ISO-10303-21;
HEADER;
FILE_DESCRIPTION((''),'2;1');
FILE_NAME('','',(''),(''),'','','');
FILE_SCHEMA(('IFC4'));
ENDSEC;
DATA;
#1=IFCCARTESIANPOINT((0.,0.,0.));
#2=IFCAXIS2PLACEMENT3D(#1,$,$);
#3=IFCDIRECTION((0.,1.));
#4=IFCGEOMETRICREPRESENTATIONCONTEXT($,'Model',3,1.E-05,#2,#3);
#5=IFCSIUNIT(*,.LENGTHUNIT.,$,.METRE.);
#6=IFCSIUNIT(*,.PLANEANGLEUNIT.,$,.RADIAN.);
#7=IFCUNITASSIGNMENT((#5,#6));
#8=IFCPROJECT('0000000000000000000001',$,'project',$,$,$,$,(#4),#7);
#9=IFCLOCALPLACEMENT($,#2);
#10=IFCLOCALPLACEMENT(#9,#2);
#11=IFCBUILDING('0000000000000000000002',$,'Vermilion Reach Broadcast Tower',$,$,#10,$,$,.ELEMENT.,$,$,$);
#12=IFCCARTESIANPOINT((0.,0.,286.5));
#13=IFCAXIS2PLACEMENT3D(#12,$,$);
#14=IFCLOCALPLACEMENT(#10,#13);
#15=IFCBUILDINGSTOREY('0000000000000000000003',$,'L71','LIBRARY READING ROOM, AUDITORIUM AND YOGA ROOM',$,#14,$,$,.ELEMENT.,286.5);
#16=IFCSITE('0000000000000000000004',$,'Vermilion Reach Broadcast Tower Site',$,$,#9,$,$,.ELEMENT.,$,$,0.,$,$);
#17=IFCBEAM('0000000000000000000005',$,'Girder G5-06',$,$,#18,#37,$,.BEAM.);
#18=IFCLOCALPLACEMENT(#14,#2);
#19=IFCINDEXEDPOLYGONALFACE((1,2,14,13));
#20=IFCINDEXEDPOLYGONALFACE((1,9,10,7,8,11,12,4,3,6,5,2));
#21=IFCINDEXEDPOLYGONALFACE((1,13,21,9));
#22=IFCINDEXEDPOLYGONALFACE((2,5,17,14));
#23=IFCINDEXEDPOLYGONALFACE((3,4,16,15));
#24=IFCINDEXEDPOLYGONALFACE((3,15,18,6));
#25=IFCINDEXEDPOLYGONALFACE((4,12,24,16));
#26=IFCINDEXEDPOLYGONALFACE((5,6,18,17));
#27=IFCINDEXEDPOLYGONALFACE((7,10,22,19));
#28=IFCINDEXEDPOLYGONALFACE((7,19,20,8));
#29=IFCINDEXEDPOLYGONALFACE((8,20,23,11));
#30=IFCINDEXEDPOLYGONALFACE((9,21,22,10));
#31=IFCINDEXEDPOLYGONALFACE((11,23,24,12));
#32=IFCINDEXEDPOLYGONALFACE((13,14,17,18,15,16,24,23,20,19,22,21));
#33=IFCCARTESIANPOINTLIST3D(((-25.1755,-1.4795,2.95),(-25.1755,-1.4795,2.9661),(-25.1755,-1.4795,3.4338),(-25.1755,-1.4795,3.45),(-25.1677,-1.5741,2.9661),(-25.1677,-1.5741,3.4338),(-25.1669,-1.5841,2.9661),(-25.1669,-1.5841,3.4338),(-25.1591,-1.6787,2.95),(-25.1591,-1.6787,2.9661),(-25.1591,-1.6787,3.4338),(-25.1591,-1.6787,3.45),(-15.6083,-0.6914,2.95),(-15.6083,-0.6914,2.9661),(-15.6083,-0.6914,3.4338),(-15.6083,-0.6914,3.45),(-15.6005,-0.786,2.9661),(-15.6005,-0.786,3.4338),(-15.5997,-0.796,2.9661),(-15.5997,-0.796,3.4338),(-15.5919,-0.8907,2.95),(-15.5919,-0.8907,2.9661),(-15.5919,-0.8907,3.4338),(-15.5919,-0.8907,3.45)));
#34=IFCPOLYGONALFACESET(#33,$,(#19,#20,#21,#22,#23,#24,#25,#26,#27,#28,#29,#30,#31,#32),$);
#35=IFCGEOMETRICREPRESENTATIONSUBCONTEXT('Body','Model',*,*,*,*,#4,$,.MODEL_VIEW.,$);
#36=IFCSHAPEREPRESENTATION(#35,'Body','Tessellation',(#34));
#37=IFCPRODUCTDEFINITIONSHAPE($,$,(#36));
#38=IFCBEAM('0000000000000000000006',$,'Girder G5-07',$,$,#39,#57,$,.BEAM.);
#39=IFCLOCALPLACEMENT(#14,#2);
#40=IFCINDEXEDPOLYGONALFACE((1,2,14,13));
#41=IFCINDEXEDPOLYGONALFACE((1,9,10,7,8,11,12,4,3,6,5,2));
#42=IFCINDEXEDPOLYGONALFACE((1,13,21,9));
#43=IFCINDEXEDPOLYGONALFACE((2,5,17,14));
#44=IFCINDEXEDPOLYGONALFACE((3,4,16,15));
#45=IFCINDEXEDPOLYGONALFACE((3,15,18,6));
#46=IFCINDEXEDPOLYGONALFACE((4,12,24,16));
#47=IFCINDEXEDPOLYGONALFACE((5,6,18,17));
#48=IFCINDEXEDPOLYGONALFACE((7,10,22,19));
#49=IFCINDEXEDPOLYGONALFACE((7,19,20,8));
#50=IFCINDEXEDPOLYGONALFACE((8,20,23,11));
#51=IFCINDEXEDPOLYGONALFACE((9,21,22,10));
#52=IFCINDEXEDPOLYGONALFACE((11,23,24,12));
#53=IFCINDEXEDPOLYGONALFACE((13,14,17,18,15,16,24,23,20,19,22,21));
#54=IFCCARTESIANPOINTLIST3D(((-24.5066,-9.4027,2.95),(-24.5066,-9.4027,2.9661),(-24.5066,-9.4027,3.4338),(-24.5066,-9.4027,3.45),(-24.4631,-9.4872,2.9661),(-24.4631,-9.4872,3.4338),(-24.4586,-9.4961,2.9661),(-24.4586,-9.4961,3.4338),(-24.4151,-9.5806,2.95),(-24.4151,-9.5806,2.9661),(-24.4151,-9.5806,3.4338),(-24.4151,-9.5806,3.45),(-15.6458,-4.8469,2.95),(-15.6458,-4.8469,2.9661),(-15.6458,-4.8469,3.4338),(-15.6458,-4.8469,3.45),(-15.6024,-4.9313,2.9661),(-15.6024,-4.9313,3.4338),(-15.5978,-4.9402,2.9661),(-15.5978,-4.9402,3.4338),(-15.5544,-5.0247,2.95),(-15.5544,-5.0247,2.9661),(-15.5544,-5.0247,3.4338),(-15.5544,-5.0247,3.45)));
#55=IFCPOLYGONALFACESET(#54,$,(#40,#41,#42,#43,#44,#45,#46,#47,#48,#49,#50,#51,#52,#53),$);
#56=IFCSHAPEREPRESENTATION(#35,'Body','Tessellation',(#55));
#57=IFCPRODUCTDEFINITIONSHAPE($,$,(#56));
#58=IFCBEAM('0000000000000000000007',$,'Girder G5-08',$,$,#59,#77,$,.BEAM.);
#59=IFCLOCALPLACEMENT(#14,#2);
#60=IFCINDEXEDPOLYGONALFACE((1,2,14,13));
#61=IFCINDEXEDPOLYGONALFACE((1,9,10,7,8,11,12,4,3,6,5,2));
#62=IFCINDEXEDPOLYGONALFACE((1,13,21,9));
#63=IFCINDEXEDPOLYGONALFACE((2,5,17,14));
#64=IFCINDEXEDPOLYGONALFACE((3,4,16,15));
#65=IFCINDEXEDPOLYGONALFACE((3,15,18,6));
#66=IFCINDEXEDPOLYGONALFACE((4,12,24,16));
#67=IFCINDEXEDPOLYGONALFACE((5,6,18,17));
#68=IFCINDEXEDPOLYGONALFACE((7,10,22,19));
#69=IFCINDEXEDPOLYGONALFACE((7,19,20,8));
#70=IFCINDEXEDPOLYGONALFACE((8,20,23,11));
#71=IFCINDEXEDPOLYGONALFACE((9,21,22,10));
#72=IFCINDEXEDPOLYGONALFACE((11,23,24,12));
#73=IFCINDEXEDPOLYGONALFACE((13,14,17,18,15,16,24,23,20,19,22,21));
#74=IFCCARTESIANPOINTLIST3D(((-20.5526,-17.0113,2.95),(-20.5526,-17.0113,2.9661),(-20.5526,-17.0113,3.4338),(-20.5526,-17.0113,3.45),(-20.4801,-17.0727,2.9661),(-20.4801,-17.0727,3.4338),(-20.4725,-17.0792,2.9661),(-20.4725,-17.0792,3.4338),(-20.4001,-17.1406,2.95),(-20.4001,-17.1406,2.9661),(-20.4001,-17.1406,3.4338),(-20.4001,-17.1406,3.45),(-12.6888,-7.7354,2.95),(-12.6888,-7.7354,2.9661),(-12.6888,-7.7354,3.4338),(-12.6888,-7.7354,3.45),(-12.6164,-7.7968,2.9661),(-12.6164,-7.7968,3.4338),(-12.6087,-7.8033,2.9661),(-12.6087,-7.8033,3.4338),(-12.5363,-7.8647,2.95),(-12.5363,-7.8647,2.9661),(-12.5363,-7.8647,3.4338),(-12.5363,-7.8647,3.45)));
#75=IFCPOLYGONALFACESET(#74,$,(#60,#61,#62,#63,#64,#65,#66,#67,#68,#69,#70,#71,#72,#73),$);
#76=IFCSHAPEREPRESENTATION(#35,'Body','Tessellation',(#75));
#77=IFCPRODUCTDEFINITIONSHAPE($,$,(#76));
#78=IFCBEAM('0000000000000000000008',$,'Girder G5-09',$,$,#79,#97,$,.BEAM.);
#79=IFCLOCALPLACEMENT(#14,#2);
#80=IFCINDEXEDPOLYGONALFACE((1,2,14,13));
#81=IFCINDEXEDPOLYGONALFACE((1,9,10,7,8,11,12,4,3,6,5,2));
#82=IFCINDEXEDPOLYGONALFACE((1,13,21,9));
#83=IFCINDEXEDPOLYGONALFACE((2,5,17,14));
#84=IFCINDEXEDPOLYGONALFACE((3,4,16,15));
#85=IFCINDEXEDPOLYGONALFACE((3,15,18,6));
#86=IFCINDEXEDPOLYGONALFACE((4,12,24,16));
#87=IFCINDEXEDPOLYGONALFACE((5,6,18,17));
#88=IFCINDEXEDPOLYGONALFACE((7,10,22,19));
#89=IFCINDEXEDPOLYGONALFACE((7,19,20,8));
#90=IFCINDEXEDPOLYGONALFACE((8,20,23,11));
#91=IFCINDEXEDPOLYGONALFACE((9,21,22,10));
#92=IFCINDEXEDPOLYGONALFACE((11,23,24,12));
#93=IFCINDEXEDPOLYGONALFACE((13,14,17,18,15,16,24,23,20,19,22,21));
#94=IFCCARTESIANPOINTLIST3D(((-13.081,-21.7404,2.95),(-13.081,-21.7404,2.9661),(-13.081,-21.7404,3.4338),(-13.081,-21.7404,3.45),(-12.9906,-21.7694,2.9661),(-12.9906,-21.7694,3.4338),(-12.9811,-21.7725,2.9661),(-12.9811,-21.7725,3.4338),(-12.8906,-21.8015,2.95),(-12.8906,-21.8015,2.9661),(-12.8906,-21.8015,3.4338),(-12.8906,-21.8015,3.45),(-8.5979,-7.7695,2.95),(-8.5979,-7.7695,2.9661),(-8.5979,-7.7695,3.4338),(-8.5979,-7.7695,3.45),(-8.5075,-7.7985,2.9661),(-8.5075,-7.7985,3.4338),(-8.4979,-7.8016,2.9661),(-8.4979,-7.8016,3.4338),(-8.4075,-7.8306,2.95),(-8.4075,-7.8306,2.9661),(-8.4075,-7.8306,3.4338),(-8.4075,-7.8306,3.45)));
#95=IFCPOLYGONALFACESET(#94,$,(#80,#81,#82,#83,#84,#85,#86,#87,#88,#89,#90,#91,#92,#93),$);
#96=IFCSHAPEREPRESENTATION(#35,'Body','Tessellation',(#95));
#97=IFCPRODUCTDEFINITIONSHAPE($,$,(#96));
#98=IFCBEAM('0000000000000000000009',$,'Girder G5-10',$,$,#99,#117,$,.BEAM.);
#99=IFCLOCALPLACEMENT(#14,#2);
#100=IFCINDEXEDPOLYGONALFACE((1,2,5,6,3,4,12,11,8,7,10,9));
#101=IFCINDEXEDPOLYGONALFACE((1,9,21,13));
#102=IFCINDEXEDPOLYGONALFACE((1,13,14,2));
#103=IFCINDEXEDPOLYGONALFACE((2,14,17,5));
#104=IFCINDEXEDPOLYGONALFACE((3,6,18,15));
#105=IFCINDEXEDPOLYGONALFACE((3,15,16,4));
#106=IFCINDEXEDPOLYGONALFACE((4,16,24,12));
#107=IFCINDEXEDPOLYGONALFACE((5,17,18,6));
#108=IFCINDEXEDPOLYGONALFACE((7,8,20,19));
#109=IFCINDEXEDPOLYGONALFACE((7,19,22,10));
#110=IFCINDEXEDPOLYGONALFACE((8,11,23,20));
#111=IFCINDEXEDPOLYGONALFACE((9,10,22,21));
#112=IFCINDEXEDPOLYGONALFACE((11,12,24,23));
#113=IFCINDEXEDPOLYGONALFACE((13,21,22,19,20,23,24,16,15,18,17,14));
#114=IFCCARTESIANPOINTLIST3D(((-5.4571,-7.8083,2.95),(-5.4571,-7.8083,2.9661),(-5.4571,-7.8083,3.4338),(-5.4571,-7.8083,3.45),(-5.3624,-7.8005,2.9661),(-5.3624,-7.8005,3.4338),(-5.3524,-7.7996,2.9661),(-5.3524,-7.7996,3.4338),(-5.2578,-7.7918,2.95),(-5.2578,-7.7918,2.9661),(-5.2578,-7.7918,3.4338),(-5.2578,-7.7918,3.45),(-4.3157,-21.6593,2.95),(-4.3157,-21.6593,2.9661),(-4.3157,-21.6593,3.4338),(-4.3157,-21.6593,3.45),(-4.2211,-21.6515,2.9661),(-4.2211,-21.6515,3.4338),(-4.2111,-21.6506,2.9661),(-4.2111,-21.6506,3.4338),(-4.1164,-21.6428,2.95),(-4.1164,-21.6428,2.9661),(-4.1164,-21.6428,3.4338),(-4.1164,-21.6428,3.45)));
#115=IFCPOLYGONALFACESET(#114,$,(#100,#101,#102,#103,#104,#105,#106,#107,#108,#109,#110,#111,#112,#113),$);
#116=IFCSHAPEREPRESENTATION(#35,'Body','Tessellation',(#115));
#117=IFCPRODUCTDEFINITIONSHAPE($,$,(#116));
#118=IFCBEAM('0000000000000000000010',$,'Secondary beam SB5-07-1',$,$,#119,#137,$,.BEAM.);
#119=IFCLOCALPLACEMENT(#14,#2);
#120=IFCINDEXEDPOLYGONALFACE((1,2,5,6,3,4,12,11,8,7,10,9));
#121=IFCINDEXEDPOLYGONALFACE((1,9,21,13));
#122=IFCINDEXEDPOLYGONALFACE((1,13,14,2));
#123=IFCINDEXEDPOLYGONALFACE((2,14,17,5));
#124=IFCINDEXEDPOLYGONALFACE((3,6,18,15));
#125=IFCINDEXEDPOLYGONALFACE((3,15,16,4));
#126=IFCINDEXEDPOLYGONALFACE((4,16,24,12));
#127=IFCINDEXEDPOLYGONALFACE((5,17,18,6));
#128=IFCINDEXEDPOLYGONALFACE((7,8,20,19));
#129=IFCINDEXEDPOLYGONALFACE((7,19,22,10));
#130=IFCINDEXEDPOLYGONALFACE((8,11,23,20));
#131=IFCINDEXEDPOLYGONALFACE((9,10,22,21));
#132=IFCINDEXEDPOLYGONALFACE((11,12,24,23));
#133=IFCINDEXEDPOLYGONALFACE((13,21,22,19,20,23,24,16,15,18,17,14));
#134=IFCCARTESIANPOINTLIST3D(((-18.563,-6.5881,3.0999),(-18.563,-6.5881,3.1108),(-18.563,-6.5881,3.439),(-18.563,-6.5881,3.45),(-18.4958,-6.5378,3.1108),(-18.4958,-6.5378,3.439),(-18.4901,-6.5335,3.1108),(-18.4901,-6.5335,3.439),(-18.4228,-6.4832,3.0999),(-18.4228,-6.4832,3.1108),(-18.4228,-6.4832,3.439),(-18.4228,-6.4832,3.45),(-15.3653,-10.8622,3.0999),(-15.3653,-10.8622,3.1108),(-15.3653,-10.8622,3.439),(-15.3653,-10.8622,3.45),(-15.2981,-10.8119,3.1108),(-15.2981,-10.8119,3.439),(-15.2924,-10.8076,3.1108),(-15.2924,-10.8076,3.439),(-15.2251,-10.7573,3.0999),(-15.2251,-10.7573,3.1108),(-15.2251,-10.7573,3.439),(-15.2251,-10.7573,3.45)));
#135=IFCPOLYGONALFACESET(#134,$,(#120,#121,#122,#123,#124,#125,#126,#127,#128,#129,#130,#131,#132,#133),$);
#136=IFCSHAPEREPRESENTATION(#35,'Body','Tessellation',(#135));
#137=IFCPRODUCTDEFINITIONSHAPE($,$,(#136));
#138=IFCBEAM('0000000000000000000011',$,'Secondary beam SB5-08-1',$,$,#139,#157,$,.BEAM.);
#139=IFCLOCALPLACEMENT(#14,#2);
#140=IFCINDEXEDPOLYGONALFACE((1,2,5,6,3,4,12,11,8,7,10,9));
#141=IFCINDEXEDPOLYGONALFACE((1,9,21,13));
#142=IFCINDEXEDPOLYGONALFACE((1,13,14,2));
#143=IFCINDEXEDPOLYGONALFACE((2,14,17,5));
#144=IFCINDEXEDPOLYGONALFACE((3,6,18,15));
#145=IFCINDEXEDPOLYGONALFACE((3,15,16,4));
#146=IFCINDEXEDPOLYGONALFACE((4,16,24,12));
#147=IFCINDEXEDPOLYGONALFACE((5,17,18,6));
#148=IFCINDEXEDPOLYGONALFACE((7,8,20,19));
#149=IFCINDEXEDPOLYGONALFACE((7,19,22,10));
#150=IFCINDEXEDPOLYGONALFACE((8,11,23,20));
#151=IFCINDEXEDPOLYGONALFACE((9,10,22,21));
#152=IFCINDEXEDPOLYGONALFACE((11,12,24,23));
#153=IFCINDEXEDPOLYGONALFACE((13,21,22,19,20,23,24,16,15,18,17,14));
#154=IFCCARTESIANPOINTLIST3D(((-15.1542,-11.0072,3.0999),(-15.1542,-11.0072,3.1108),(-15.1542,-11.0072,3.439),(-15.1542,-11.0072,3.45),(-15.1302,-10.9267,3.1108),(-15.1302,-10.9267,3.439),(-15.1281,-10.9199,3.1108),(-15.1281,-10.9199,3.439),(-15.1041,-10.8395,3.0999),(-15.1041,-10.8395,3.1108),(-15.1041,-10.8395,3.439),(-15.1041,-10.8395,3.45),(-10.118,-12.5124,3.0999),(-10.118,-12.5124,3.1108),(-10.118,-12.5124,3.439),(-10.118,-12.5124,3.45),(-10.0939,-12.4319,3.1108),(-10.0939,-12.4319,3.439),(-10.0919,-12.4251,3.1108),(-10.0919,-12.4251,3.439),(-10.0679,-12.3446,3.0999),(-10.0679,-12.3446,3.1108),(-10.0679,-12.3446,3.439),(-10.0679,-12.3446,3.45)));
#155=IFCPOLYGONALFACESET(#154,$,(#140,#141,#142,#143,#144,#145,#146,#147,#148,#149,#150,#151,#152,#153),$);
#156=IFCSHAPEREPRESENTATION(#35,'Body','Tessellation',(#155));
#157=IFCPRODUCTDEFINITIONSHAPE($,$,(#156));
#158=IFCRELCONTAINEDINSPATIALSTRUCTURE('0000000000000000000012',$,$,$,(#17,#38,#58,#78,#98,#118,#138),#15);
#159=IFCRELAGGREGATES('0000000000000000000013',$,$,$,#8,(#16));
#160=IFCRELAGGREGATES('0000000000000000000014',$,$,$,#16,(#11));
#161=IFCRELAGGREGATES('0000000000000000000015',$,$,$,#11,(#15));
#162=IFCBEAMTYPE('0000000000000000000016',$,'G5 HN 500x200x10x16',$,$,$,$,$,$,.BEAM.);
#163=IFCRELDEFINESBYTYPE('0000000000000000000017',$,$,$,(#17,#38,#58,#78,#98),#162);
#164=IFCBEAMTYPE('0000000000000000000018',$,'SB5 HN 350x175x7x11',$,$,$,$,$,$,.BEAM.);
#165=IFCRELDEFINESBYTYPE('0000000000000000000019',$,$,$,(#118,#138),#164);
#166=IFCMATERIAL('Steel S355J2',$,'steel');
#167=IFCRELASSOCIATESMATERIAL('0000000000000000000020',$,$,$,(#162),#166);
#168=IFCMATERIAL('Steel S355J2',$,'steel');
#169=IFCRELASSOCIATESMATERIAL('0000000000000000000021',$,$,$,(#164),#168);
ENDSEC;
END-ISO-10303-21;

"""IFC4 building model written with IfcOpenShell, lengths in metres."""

from ifc_helpers import new_model, si_unit, direction, frame, origin, origin_2d, place, context, subcontext, project, spatial, i_section, extrude, material, material_profile, profile_set, type_object, element, save


model = new_model("IFC4")

# Units and contexts
model_context = context("Model", 3, precision=1e-05, world=origin(), true_north=direction((0.0, 1.0)))
body_context = subcontext(model_context, "Body", "Model", "MODEL_VIEW")
ifc_project = project(units=[si_unit("LENGTHUNIT", "METRE"), si_unit("PLANEANGLEUNIT", "RADIAN")], contexts=[model_context])

# Site, building, storey
site_placement = place(None, origin())
site = spatial("IfcSite", under=ifc_project, at=site_placement, Name="Vermilion Reach Broadcast Tower Site", CompositionType="ELEMENT", RefElevation=0.0)
building_placement = place(site_placement, origin())
building = spatial("IfcBuilding", under=site, at=building_placement, Name="Vermilion Reach Broadcast Tower", CompositionType="ELEMENT")
storey_placement = place(building_placement, frame((0.0, 0.0, 286.5)))
storey = spatial("IfcBuildingStorey", under=building, at=storey_placement, Name="L71", Description="LIBRARY READING ROOM, AUDITORIUM AND YOGA ROOM", CompositionType="ELEMENT", Elevation=286.5)

# Beams
ifc_material_1 = material(Name="Steel S355J2", Category="steel")
ifc_material_profile_1 = material_profile(ifc_material_1, i_section(OverallWidth=0.2, OverallDepth=0.5, WebThickness=0.01, FlangeThickness=0.0161, at=origin_2d()), Name="S355J2 HN 500x200x10x16")
ifc_profile_set_1 = profile_set([ifc_material_profile_1], Name="Steel S355J2")
beam_type_1 = type_object("IfcBeamType", Name="G5 HN 500x200x10x16", PredefinedType="BEAM", material=ifc_profile_set_1)
beam_1_placement = place(storey_placement, frame((-15.6001, -0.791, 3.2), z_axis=(-0.996624, -0.082096, 0.0), x_axis=(0.082096, -0.996624, 0.0)))
element("IfcBeam", 1, at=beam_1_placement, inside=storey, type_object=beam_type_1, Name="Girder G5-06", PredefinedType="BEAM", context=body_context, shape_type="SweptSolid", body=[
    extrude(i_section(OverallWidth=0.2, OverallDepth=0.5, WebThickness=0.01, FlangeThickness=0.0161, at=origin_2d()), origin(), (0.0, 0.0, 1.0), 9.5996),
])
beam_2_placement = place(storey_placement, frame((-15.6001, -4.9358, 3.2), z_axis=(-0.889333, -0.457261, 0.0), x_axis=(0.457261, -0.889333, 0.0)))
element("IfcBeam", 2, at=beam_2_placement, inside=storey, type_object=beam_type_1, Name="Girder G5-07", PredefinedType="BEAM", context=body_context, shape_type="SweptSolid", body=[
    extrude(i_section(OverallWidth=0.2, OverallDepth=0.5, WebThickness=0.01, FlangeThickness=0.0161, at=origin_2d()), origin(), (0.0, 0.0, 1.0), 9.9634),
])
beam_3_placement = place(storey_placement, frame((-12.6125, -7.8, 3.2), z_axis=(-0.646658, -0.76278, 0.0), x_axis=(0.76278, -0.646658, 0.0)))
element("IfcBeam", 3, at=beam_3_placement, inside=storey, type_object=beam_type_1, Name="Girder G5-08", PredefinedType="BEAM", context=body_context, shape_type="SweptSolid", body=[
    extrude(i_section(OverallWidth=0.2, OverallDepth=0.5, WebThickness=0.01, FlangeThickness=0.0161, at=origin_2d()), origin(), (0.0, 0.0, 1.0), 12.1606),
])
beam_4_placement = place(storey_placement, frame((-8.5027, -7.8, 3.2), z_axis=(-0.305545, -0.952178, 0.0), x_axis=(0.952178, -0.305545, 0.0)))
element("IfcBeam", 4, at=beam_4_placement, inside=storey, type_object=beam_type_1, Name="Girder G5-09", PredefinedType="BEAM", context=body_context, shape_type="SweptSolid", body=[
    extrude(i_section(OverallWidth=0.2, OverallDepth=0.5, WebThickness=0.01, FlangeThickness=0.0161, at=origin_2d()), origin(), (0.0, 0.0, 1.0), 14.6726),
])
beam_5_placement = place(storey_placement, frame((-5.3574, -7.8, 3.2), z_axis=(0.082124, -0.996622, 0.0), x_axis=(0.996622, 0.082124, 0.0)))
element("IfcBeam", 5, at=beam_5_placement, inside=storey, type_object=beam_type_1, Name="Girder G5-10", PredefinedType="BEAM", context=body_context, shape_type="SweptSolid", body=[
    extrude(i_section(OverallWidth=0.2, OverallDepth=0.5, WebThickness=0.01, FlangeThickness=0.0161, at=origin_2d()), origin(), (0.0, 0.0, 1.0), 13.8979),
])
ifc_material_2 = material(Name="Steel S355J2", Category="steel")
ifc_material_profile_2 = material_profile(ifc_material_2, i_section(OverallWidth=0.175, OverallDepth=0.3501, WebThickness=0.0071, FlangeThickness=0.011, at=origin_2d()), Name="S355J2 HN 350x175x7x11")
ifc_profile_set_2 = profile_set([ifc_material_profile_2], Name="Steel S355J2")
beam_type_2 = type_object("IfcBeamType", Name="SB5 HN 350x175x7x11", PredefinedType="BEAM", material=ifc_profile_set_2)
beam_6_placement = place(storey_placement, frame((-18.4929, -6.5356, 3.2749), z_axis=(0.599056, -0.800707, 0.0), x_axis=(0.800707, 0.599056, 0.0)))
element("IfcBeam", 6, at=beam_6_placement, inside=storey, type_object=beam_type_2, Name="Secondary beam SB5-07-1", PredefinedType="BEAM", context=body_context, shape_type="SweptSolid", body=[
    extrude(i_section(OverallWidth=0.175, OverallDepth=0.3501, WebThickness=0.0071, FlangeThickness=0.011, at=origin_2d()), origin(), (0.0, 0.0, 1.0), 5.3379),
])
beam_7_placement = place(storey_placement, frame((-15.1292, -10.9233, 3.2749), z_axis=(0.958125, -0.286351, 0.0), x_axis=(0.286351, 0.958125, 0.0)))
element("IfcBeam", 7, at=beam_7_placement, inside=storey, type_object=beam_type_2, Name="Secondary beam SB5-08-1", PredefinedType="BEAM", context=body_context, shape_type="SweptSolid", body=[
    extrude(i_section(OverallWidth=0.175, OverallDepth=0.3501, WebThickness=0.0071, FlangeThickness=0.011, at=origin_2d()), origin(), (0.0, 0.0, 1.0), 5.2563),
])

save(model, "model.ifc")
